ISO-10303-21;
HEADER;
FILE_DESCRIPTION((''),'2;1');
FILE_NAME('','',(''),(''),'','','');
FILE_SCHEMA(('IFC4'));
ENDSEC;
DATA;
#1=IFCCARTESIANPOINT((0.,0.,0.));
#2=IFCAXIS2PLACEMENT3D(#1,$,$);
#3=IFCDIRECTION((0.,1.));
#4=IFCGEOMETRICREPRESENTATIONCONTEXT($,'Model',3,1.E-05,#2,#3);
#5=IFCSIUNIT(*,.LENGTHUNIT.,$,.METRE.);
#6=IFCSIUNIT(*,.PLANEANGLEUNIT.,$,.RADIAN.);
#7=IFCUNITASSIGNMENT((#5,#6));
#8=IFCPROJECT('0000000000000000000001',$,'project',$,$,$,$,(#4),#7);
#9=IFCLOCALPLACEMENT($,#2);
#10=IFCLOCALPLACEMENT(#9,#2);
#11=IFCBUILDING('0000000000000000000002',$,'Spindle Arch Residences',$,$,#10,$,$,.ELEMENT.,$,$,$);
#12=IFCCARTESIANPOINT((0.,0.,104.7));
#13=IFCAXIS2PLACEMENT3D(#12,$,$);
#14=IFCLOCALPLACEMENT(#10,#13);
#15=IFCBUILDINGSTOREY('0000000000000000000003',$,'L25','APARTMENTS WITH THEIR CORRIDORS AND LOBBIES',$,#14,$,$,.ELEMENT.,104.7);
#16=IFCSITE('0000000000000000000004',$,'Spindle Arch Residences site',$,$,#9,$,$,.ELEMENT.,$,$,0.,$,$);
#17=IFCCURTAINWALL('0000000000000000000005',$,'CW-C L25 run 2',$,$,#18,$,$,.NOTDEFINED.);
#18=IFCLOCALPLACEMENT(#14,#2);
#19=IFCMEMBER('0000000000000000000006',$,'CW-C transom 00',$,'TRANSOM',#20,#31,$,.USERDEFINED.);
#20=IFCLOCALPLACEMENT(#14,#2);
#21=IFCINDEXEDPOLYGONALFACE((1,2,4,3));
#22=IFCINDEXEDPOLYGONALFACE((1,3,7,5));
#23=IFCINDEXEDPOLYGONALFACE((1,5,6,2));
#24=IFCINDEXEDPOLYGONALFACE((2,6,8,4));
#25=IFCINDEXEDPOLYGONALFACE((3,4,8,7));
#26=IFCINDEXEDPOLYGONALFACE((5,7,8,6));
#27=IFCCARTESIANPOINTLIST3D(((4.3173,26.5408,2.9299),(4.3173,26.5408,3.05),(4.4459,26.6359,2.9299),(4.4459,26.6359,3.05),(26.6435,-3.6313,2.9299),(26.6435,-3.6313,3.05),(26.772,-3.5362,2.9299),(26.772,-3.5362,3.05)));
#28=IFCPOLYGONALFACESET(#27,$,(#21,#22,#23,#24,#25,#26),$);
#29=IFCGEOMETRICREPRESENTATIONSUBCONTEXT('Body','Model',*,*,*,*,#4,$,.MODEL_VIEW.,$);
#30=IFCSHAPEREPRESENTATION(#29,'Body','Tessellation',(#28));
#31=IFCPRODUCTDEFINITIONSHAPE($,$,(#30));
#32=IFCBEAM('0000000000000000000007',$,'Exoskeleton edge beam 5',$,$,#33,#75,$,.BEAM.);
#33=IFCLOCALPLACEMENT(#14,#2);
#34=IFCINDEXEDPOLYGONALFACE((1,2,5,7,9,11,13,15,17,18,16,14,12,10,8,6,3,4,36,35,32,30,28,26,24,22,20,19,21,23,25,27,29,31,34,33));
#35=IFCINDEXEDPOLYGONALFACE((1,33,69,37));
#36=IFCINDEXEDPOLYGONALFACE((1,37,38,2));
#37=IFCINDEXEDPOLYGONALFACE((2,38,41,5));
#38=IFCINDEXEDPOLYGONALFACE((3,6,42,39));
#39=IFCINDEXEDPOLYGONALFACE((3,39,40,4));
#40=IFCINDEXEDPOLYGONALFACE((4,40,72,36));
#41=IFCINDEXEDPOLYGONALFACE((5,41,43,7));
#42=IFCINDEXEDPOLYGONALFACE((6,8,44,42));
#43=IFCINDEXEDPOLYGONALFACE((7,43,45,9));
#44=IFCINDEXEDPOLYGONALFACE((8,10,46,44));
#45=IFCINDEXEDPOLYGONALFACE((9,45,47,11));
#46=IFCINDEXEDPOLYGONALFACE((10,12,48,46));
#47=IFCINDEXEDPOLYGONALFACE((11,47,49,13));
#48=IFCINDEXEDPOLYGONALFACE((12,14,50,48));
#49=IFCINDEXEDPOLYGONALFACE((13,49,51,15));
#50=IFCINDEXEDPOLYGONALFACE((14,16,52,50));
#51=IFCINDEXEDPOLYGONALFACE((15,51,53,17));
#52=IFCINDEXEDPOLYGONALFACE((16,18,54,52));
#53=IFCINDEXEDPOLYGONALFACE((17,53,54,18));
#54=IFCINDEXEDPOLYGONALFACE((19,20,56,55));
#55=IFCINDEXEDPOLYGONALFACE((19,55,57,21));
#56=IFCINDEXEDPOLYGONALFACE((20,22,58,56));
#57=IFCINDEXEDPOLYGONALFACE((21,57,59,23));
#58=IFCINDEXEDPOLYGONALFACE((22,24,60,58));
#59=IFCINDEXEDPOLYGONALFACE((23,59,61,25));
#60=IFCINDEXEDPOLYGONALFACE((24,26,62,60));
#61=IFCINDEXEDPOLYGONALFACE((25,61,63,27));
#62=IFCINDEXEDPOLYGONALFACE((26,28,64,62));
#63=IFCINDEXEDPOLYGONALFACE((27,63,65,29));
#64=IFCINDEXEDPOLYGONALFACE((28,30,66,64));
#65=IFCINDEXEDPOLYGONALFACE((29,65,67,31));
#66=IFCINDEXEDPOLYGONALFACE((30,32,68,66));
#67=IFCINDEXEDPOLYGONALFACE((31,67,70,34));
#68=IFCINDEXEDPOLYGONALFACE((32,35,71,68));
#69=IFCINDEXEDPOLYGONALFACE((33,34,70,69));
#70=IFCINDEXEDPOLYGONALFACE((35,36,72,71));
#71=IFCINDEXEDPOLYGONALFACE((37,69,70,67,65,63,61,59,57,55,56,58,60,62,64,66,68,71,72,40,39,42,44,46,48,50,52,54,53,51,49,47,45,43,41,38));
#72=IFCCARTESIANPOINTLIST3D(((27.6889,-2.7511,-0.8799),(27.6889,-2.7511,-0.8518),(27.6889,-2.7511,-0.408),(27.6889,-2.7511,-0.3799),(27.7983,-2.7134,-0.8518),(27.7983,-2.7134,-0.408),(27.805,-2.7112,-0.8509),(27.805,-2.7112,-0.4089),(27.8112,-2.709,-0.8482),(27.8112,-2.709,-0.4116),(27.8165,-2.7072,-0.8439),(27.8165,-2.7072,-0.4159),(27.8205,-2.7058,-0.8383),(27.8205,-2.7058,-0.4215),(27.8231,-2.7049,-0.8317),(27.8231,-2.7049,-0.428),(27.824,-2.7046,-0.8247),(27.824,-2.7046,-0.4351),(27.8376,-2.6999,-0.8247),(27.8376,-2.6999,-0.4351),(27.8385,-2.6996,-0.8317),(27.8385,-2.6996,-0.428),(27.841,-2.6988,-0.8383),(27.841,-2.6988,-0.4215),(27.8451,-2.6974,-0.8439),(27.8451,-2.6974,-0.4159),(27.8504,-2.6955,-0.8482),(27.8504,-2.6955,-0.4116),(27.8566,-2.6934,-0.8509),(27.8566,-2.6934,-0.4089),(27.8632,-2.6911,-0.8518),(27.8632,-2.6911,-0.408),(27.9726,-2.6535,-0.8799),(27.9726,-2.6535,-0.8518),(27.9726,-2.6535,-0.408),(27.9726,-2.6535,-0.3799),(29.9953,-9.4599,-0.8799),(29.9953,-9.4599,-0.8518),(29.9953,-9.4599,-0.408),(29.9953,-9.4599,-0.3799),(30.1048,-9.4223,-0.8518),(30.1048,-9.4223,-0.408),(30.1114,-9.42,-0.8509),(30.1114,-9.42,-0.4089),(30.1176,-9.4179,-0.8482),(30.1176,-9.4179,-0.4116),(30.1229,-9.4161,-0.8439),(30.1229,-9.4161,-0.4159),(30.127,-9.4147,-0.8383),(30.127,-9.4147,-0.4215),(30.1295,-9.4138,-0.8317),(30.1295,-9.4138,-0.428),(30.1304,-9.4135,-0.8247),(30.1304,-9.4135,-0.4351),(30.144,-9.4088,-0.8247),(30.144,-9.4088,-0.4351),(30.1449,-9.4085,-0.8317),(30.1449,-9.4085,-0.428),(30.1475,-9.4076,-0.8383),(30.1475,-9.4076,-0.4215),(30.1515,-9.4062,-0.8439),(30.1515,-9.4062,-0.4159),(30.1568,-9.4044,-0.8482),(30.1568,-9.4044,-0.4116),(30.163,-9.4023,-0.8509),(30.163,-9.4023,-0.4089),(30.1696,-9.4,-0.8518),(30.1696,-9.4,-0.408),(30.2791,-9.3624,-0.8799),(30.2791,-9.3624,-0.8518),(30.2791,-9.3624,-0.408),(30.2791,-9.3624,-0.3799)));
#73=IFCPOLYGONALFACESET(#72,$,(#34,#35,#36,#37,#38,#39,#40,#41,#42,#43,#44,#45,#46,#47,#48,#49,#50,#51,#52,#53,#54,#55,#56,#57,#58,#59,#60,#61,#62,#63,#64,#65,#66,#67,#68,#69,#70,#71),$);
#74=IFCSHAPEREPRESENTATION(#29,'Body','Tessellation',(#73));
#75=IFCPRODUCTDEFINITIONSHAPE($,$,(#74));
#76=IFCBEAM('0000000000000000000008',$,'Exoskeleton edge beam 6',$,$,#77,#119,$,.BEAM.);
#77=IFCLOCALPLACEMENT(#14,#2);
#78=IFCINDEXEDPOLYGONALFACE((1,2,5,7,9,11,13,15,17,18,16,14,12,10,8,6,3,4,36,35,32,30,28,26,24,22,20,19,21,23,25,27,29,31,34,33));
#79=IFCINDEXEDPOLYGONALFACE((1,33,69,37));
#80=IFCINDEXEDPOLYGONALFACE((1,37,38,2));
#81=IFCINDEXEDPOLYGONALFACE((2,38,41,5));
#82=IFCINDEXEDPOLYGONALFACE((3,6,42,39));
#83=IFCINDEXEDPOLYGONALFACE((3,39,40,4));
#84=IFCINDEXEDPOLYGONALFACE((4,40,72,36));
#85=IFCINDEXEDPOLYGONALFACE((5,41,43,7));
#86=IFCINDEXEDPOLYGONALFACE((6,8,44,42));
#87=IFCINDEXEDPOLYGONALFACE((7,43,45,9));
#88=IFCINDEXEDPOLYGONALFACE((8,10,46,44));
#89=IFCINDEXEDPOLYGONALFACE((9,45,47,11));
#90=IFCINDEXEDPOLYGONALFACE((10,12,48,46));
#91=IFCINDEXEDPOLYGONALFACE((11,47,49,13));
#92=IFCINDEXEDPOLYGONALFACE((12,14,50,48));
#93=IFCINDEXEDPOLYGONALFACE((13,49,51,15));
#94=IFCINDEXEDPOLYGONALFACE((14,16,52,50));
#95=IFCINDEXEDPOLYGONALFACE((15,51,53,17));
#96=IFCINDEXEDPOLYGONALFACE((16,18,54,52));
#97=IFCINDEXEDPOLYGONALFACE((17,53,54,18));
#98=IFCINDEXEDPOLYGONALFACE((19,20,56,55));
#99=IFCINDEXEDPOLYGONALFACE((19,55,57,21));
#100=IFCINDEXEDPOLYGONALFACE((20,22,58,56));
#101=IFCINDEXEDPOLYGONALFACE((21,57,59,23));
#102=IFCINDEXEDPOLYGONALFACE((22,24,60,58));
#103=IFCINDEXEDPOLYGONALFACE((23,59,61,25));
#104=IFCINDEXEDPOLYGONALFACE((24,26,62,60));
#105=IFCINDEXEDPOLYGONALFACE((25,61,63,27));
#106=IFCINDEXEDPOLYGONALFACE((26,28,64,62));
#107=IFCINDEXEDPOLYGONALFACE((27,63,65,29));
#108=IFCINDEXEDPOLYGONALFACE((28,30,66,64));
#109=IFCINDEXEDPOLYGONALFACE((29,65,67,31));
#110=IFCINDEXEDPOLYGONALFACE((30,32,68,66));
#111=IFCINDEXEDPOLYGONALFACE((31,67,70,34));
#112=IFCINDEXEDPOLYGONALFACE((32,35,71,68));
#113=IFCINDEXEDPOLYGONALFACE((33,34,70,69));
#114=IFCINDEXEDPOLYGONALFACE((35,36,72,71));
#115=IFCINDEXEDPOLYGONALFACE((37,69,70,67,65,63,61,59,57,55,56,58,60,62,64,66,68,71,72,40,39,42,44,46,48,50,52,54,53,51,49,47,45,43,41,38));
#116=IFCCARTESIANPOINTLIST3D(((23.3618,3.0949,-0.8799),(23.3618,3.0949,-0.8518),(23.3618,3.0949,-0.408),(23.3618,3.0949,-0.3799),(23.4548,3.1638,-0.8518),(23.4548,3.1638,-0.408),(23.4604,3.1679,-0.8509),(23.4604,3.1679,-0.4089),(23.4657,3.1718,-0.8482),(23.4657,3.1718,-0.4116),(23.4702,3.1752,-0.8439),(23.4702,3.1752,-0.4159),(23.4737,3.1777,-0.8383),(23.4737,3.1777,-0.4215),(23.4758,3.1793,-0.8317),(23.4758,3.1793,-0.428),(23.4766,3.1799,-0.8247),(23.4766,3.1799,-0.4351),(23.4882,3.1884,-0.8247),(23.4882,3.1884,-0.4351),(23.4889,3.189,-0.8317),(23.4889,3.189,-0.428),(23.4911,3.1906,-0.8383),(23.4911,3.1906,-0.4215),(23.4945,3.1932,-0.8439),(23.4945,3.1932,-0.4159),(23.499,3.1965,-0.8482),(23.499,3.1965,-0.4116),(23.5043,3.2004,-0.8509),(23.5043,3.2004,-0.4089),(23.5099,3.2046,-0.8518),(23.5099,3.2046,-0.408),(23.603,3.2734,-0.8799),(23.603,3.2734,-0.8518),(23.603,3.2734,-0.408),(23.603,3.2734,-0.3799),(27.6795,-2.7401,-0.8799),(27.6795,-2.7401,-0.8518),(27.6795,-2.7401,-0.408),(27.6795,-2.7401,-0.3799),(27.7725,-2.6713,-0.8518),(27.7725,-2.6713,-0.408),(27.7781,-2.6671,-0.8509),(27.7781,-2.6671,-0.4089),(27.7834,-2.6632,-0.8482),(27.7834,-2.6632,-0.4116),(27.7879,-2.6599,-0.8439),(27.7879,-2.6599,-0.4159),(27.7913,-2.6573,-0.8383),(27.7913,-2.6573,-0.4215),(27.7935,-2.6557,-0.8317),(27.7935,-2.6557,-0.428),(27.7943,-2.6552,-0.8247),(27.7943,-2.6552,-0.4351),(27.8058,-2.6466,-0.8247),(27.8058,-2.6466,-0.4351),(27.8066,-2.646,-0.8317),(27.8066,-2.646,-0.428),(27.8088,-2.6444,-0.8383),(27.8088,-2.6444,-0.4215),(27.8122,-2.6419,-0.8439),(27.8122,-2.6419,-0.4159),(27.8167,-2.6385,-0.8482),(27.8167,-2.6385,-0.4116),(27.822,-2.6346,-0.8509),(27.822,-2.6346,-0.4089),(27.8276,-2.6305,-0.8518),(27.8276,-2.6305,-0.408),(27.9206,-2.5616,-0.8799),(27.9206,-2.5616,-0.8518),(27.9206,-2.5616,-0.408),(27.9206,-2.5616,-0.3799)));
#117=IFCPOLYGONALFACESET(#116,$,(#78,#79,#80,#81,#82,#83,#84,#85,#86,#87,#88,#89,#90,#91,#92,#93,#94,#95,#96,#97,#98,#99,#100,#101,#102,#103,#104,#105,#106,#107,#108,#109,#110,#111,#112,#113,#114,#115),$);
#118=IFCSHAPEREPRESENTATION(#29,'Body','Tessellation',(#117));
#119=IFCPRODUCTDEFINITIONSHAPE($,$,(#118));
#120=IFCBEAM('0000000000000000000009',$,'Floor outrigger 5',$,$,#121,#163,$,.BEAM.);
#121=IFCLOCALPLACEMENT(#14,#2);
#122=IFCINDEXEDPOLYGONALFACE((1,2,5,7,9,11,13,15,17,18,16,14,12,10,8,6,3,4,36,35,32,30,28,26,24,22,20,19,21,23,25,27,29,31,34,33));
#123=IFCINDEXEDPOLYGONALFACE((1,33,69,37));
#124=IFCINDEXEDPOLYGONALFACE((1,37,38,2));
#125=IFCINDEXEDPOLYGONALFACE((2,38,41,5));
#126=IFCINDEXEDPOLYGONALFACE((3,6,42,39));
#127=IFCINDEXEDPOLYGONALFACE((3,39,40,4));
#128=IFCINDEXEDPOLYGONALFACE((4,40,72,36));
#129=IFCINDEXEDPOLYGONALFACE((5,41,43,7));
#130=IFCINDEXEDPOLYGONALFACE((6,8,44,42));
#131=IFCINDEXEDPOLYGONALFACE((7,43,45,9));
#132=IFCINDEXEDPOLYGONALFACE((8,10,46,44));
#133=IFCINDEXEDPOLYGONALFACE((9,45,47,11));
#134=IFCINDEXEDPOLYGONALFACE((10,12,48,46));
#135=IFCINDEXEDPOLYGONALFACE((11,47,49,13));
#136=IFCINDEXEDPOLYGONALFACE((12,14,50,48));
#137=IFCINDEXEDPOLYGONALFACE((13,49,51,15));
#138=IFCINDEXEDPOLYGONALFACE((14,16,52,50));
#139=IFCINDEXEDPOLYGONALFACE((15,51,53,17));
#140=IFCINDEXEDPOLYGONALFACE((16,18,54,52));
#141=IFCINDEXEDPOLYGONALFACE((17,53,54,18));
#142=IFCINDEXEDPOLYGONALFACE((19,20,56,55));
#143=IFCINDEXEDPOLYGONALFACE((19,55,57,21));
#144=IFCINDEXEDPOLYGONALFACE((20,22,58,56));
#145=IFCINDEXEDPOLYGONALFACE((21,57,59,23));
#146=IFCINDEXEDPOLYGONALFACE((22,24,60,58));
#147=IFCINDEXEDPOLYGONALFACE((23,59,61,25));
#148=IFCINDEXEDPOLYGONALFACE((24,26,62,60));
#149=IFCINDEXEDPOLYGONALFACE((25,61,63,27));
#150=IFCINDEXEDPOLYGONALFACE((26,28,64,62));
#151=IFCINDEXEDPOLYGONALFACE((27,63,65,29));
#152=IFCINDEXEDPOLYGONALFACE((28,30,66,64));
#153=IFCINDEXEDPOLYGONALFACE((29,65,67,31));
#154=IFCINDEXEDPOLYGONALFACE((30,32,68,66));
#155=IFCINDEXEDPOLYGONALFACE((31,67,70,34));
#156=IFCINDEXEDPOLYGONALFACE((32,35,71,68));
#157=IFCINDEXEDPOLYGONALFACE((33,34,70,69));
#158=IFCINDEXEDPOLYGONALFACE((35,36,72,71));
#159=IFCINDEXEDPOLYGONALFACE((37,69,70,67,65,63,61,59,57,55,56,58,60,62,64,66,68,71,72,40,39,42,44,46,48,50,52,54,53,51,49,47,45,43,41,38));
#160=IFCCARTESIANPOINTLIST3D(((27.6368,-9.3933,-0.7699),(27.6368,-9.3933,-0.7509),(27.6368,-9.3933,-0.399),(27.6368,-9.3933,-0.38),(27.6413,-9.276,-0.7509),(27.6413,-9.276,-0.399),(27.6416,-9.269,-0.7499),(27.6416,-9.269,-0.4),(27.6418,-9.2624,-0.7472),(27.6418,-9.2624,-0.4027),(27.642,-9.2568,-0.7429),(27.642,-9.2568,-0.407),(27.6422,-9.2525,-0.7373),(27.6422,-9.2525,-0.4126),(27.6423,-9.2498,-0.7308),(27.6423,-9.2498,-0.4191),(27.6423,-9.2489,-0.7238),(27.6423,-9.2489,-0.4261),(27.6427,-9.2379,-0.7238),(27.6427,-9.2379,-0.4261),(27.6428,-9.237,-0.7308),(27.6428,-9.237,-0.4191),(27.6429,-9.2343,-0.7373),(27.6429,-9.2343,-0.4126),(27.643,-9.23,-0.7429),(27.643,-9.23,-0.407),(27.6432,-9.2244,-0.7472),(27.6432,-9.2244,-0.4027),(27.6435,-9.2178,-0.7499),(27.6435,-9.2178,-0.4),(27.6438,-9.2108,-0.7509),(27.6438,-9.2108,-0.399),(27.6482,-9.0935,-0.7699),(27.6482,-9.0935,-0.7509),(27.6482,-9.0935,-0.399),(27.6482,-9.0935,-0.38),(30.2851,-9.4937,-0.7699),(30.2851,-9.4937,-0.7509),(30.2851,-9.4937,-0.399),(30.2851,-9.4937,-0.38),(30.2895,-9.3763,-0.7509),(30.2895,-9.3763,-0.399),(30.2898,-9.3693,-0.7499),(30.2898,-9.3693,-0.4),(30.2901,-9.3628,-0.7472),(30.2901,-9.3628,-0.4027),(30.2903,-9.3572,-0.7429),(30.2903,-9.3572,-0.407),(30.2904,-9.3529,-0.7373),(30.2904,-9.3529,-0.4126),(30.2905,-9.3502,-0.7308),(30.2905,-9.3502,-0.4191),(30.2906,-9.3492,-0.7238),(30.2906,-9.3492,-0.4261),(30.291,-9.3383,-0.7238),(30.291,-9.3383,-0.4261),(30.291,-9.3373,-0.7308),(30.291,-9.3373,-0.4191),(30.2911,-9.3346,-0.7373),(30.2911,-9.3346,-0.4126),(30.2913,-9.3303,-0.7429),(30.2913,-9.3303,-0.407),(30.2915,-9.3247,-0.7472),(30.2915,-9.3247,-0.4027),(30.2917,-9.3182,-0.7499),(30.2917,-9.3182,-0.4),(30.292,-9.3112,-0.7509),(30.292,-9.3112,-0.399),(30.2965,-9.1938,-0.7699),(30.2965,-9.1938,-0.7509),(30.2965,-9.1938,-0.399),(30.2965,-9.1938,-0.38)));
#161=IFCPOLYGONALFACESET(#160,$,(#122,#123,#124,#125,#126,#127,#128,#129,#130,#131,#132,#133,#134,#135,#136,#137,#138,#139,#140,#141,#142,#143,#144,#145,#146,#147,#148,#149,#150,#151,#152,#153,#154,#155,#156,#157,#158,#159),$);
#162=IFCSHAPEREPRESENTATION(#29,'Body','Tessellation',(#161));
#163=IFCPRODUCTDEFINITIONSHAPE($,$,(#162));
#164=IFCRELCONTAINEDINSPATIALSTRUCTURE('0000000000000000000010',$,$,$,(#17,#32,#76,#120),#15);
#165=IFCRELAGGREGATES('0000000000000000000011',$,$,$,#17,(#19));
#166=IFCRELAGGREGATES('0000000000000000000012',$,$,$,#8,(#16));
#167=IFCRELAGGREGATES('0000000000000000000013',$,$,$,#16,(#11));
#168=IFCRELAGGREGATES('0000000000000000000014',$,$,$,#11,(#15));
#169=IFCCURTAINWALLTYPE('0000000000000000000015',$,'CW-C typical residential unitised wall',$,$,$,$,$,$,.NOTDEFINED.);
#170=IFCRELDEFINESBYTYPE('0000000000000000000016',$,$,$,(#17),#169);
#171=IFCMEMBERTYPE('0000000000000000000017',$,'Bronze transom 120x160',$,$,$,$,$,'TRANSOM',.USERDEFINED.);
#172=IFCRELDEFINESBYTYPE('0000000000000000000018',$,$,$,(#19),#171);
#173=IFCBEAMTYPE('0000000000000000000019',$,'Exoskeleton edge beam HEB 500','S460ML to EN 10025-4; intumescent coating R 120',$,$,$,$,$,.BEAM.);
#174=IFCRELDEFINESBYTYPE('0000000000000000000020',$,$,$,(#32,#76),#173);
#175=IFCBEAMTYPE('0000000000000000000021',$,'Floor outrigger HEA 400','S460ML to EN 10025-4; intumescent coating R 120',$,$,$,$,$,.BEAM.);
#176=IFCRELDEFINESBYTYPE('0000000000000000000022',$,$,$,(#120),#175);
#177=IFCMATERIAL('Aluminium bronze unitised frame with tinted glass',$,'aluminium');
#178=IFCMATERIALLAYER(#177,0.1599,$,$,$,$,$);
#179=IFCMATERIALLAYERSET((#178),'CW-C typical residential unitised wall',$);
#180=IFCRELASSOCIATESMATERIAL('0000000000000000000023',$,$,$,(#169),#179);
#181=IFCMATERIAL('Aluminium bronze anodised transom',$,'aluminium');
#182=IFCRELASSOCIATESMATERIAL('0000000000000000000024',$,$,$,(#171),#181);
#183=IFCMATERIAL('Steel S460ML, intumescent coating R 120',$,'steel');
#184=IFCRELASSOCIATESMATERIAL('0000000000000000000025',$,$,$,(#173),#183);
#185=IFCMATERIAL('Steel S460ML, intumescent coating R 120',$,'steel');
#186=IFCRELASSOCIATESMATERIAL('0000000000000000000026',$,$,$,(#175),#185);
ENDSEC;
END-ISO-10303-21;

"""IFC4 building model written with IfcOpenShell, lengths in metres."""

from ifc_helpers import new_model, si_unit, direction, frame, origin, origin_2d, place, context, subcontext, project, spatial, rectangle, i_section, extrude, material, layer, layer_set, material_profile, profile_set, type_object, element, aggregate, save


model = new_model("IFC4")

# Units and contexts
model_context = context("Model", 3, precision=1e-05, world=origin(), true_north=direction((0.0, 1.0)))
body_context = subcontext(model_context, "Body", "Model", "MODEL_VIEW")
ifc_project = project(units=[si_unit("LENGTHUNIT", "METRE"), si_unit("PLANEANGLEUNIT", "RADIAN")], contexts=[model_context])

# Site, building, storey
site_placement = place(None, origin())
site = spatial("IfcSite", under=ifc_project, at=site_placement, Name="Spindle Arch Residences site", CompositionType="ELEMENT", RefElevation=0.0)
building_placement = place(site_placement, origin())
building = spatial("IfcBuilding", under=site, at=building_placement, Name="Spindle Arch Residences", CompositionType="ELEMENT")
storey_placement = place(building_placement, frame((0.0, 0.0, 104.7)))
storey = spatial("IfcBuildingStorey", under=building, at=storey_placement, Name="L25", Description="APARTMENTS WITH THEIR CORRIDORS AND LOBBIES", CompositionType="ELEMENT", Elevation=104.7)

# Curtain wall
ifc_material_1 = material(Name="Aluminium bronze unitised frame with tinted glass", Category="aluminium")
ifc_layer_1 = layer(ifc_material_1, 0.1599)
ifc_layer_set_1 = layer_set([ifc_layer_1], Name="CW-C typical residential unitised wall")
curtain_wall_type_1 = type_object("IfcCurtainWallType", Name="CW-C typical residential unitised wall", PredefinedType="NOTDEFINED", material=ifc_layer_set_1)
curtain_wall_1_placement = place(storey_placement, origin())
curtain_wall_1 = element("IfcCurtainWall", 1, at=curtain_wall_1_placement, inside=storey, type_object=curtain_wall_type_1, Name="CW-C L25 run 2", PredefinedType="NOTDEFINED")

# Member
ifc_material_2 = material(Name="Aluminium bronze anodised transom", Category="aluminium")
ifc_material_profile_1 = material_profile(ifc_material_2, rectangle(XDim=0.1599, YDim=0.1201, at=origin_2d()), Name="TR 120x160")
ifc_profile_set_1 = profile_set([ifc_material_profile_1], Name="Aluminium bronze anodised transom")
member_type_1 = type_object("IfcMemberType", Name="Bronze transom 120x160", ElementType="TRANSOM", PredefinedType="USERDEFINED", material=ifc_profile_set_1)
member_1_placement = place(storey_placement, frame((26.7078, -3.5837, 2.99), z_axis=(-0.594822, 0.803857, 0.0), x_axis=(-0.803857, -0.594822, 0.0)))
member_1 = element("IfcMember", 2, at=member_1_placement, type_object=member_type_1, Name="CW-C transom 00", ObjectType="TRANSOM", PredefinedType="USERDEFINED", context=body_context, shape_type="SweptSolid", body=[
    extrude(rectangle(XDim=0.1599, YDim=0.1201, at=origin_2d()), origin(), (0.0, 0.0, 1.0), 37.5342),
])

# Beams
ifc_material_3 = material(Name="Steel S460ML, intumescent coating R 120", Category="steel")
ifc_material_profile_2 = material_profile(ifc_material_3, i_section(OverallWidth=0.3, OverallDepth=0.5, WebThickness=0.0144, FlangeThickness=0.0281, FilletRadius=0.0271, at=origin_2d()), Name="HEB 500")
ifc_profile_set_2 = profile_set([ifc_material_profile_2], Name="Steel S460ML, intumescent coating R 120")
beam_type_1 = type_object("IfcBeamType", Name="Exoskeleton edge beam HEB 500", Description="S460ML to EN 10025-4; intumescent coating R 120", PredefinedType="BEAM", material=ifc_profile_set_2)
beam_1_placement = place(storey_placement, frame((30.1372, -9.4111, -0.6299), z_axis=(-0.325113, 0.945675, 0.0), x_axis=(-0.945675, -0.325113, 0.0)))
element("IfcBeam", 3, at=beam_1_placement, inside=storey, type_object=beam_type_1, Name="Exoskeleton edge beam 5", PredefinedType="BEAM", context=body_context, shape_type="SweptSolid", body=[
    extrude(i_section(OverallWidth=0.3, OverallDepth=0.5, WebThickness=0.0144, FlangeThickness=0.0281, FilletRadius=0.0271, at=origin_2d()), origin(), (0.0, 0.0, 1.0), 7.0942),
])
beam_2_placement = place(storey_placement, frame((27.8, -2.6509, -0.6299), z_axis=(-0.594821, 0.803858, 0.0), x_axis=(-0.803858, -0.594821, 0.0)))
element("IfcBeam", 4, at=beam_2_placement, inside=storey, type_object=beam_type_1, Name="Exoskeleton edge beam 6", PredefinedType="BEAM", context=body_context, shape_type="SweptSolid", body=[
    extrude(i_section(OverallWidth=0.3, OverallDepth=0.5, WebThickness=0.0144, FlangeThickness=0.0281, FilletRadius=0.0271, at=origin_2d()), origin(), (0.0, 0.0, 1.0), 7.2588),
])
ifc_material_4 = material(Name="Steel S460ML, intumescent coating R 120", Category="steel")
ifc_material_profile_3 = material_profile(ifc_material_4, i_section(OverallWidth=0.3, OverallDepth=0.3899, WebThickness=0.011, FlangeThickness=0.019, FilletRadius=0.0271, at=origin_2d()), Name="HEA 400")
ifc_profile_set_3 = profile_set([ifc_material_profile_3], Name="Steel S460ML, intumescent coating R 120")
beam_type_2 = type_object("IfcBeamType", Name="Floor outrigger HEA 400", Description="S460ML to EN 10025-4; intumescent coating R 120", PredefinedType="BEAM", material=ifc_profile_set_3)
beam_3_placement = place(storey_placement, frame((30.2908, -9.3438, -0.575), z_axis=(-0.999283, 0.037863, 0.0), x_axis=(-0.037863, -0.999283, 0.0)))
element("IfcBeam", 5, at=beam_3_placement, inside=storey, type_object=beam_type_2, Name="Floor outrigger 5", PredefinedType="BEAM", context=body_context, shape_type="SweptSolid", body=[
    extrude(i_section(OverallWidth=0.3, OverallDepth=0.3899, WebThickness=0.011, FlangeThickness=0.019, FilletRadius=0.0271, at=origin_2d()), origin(), (0.0, 0.0, 1.0), 2.6501),
])

aggregate(curtain_wall_1, [member_1])

save(model, "model.ifc")
